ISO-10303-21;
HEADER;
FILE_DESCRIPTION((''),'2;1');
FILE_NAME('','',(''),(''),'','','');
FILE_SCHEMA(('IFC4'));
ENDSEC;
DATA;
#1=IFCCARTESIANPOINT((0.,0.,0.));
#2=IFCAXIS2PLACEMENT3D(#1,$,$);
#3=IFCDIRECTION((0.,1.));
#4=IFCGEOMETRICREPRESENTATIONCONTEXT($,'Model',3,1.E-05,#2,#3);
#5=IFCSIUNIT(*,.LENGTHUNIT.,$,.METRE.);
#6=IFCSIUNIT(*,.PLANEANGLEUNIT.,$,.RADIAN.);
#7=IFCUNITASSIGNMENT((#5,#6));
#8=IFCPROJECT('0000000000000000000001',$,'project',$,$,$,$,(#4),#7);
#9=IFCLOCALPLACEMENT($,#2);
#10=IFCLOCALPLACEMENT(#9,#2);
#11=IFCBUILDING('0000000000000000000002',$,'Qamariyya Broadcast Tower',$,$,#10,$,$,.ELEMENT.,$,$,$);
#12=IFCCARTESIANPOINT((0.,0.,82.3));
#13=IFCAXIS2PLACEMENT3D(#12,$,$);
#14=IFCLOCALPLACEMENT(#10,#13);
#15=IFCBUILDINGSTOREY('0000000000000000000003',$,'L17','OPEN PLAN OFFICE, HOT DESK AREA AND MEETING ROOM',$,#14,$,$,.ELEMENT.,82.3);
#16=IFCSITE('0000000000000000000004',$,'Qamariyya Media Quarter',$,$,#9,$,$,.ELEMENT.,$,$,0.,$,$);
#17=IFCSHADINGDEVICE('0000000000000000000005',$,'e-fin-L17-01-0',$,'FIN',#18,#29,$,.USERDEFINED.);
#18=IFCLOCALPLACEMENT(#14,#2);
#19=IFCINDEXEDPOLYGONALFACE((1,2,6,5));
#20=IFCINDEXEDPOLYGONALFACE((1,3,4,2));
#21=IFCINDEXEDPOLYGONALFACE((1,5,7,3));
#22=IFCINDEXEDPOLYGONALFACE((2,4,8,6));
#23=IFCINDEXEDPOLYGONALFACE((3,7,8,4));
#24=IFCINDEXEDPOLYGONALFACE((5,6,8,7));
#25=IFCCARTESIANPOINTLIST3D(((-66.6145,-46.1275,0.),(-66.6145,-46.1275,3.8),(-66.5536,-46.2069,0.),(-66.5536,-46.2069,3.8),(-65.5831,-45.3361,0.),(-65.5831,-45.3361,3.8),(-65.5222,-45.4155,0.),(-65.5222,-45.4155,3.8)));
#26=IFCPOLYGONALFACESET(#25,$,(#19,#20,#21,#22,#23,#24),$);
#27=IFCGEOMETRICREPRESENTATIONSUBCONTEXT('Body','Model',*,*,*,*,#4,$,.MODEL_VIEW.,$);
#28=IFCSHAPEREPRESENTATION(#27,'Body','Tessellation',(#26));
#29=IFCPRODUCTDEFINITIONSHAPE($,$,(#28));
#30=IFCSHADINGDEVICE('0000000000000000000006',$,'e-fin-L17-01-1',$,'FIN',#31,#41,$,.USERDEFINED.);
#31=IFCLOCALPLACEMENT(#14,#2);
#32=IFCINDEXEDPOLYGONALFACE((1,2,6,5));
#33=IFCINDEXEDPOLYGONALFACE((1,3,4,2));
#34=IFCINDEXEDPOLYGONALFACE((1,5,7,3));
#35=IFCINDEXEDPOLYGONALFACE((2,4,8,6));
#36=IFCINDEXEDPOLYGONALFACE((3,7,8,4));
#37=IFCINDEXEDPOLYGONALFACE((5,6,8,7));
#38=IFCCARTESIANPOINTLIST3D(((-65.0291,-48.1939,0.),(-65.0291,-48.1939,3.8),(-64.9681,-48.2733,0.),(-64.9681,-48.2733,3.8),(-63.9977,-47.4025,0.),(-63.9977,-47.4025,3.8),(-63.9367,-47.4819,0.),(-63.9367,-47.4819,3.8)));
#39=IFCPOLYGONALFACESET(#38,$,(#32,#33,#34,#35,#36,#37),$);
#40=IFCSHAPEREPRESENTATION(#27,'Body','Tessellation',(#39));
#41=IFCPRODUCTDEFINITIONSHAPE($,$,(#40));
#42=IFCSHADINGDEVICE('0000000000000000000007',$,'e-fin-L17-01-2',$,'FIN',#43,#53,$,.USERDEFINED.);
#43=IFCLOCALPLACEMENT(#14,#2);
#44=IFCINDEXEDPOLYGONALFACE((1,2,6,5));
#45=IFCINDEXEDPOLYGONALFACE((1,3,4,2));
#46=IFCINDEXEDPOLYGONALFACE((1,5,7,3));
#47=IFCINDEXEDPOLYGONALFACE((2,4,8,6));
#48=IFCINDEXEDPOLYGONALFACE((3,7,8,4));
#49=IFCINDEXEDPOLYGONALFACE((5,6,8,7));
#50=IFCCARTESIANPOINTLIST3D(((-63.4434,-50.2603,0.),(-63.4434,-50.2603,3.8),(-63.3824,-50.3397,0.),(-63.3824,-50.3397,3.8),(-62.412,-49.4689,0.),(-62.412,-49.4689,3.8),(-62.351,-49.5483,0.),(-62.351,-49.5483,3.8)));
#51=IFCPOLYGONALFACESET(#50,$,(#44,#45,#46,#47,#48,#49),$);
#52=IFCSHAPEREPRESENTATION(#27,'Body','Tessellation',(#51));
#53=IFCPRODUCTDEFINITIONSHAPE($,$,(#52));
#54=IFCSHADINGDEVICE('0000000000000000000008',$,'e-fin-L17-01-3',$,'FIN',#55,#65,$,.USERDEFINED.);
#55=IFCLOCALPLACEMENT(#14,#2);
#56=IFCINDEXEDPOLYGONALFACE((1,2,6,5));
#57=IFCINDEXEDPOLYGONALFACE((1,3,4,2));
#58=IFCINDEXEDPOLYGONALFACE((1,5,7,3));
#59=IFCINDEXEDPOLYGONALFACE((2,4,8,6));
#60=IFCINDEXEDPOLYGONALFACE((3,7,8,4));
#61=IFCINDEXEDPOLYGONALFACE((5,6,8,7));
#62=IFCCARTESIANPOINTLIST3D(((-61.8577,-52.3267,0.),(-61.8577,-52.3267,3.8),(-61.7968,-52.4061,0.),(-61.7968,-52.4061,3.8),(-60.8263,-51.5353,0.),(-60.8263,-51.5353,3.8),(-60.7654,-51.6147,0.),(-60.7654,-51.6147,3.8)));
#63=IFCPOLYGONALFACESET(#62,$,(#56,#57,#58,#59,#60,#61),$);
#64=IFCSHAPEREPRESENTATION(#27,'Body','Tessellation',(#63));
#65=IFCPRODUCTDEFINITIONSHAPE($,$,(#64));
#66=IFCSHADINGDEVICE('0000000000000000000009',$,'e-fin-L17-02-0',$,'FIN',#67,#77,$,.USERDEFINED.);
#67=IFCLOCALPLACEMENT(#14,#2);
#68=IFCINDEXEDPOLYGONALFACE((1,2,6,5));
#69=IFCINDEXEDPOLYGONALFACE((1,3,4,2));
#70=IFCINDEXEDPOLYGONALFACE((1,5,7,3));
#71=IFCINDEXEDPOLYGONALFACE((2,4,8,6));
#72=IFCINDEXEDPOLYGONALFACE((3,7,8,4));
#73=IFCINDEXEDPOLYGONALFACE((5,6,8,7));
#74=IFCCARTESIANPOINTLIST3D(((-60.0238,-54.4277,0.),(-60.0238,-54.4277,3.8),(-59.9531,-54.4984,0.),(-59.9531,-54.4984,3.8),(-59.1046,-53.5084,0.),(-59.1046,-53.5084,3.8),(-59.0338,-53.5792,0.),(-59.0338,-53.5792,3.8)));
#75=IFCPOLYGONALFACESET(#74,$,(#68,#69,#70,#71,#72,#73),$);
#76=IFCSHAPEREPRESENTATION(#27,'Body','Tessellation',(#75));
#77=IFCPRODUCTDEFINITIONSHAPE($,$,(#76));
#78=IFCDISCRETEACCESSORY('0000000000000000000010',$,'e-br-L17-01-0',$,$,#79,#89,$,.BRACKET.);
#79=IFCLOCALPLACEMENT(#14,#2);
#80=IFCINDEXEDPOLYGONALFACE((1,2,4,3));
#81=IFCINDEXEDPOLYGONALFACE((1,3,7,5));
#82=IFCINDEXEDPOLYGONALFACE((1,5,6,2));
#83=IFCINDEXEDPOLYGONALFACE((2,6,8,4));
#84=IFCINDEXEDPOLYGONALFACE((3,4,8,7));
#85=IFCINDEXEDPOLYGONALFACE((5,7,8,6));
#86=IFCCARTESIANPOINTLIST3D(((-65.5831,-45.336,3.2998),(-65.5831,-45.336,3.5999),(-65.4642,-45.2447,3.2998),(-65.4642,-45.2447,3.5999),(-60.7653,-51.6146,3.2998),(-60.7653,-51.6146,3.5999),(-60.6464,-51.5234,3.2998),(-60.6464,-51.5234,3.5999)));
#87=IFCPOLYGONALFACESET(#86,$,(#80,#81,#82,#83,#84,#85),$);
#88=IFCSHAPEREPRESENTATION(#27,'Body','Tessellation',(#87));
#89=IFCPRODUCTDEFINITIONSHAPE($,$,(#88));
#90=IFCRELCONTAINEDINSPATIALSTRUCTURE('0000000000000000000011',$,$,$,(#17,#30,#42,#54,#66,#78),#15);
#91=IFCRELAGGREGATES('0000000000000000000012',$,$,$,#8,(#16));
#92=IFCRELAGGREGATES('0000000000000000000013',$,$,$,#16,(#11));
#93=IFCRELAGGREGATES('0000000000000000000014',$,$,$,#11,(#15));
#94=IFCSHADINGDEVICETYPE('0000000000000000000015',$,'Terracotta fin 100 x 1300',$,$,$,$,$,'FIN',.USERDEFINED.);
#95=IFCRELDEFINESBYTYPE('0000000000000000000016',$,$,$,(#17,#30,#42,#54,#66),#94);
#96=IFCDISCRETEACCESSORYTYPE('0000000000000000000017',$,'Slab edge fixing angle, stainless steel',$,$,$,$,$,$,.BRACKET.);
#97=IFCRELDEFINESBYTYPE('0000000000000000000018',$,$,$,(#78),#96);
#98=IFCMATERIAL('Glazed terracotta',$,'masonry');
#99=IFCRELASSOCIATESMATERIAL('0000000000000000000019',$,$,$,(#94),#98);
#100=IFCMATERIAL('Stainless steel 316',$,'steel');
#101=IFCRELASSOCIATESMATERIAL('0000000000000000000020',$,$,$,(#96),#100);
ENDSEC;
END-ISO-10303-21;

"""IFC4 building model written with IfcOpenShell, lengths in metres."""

from ifc_helpers import new_model, si_unit, direction, frame, origin, origin_2d, place, context, subcontext, project, spatial, rectangle, extrude, material, material_profile, profile_set, type_object, element, save


model = new_model("IFC4")

# Units and contexts
model_context = context("Model", 3, precision=1e-05, world=origin(), true_north=direction((0.0, 1.0)))
body_context = subcontext(model_context, "Body", "Model", "MODEL_VIEW")
ifc_project = project(units=[si_unit("LENGTHUNIT", "METRE"), si_unit("PLANEANGLEUNIT", "RADIAN")], contexts=[model_context])

# Site, building, storey
site_placement = place(None, origin())
site = spatial("IfcSite", under=ifc_project, at=site_placement, Name="Qamariyya Media Quarter", CompositionType="ELEMENT", RefElevation=0.0)
building_placement = place(site_placement, origin())
building = spatial("IfcBuilding", under=site, at=building_placement, Name="Qamariyya Broadcast Tower", CompositionType="ELEMENT")
storey_placement = place(building_placement, frame((0.0, 0.0, 82.3)))
storey = spatial("IfcBuildingStorey", under=building, at=storey_placement, Name="L17", Description="OPEN PLAN OFFICE, HOT DESK AREA AND MEETING ROOM", CompositionType="ELEMENT", Elevation=82.3)

# Shading devices
ifc_material_1 = material(Name="Glazed terracotta", Category="masonry")
ifc_material_profile_1 = material_profile(ifc_material_1, rectangle(XDim=1.3, YDim=0.1001, at=origin_2d()))
ifc_profile_set_1 = profile_set([ifc_material_profile_1], Name="Glazed terracotta")
shading_device_type_1 = type_object("IfcShadingDeviceType", Name="Terracotta fin 100 x 1300", ElementType="FIN", PredefinedType="USERDEFINED", material=ifc_profile_set_1)
for number, where, z_axis, x_axis, name in (
    (1, (-66.0684, -45.7715, 0.0), (0.0, 0.0, 1.0), (-0.793353, -0.608761, 0.0), "e-fin-L17-01-0"),
    (2, (-64.4829, -47.8379, 0.0), (0.0, 0.0, 1.0), (-0.793353, -0.608761, 0.0), "e-fin-L17-01-1"),
    (3, (-62.8972, -49.9043, 0.0), (0.0, 0.0, 1.0), (-0.793353, -0.608761, 0.0), "e-fin-L17-01-2"),
    (4, (-61.3115, -51.9707, 0.0), (0.0, 0.0, 1.0), (-0.793353, -0.608761, 0.0), "e-fin-L17-01-3"),
    (5, (-59.5288, -54.0034, 0.0), (0.0, 0.0, 1.0), (-0.707107, -0.707107, 0.0), "e-fin-L17-02-0"),
):
    element("IfcShadingDevice", number, at=place(storey_placement, frame(where, z_axis=z_axis, x_axis=x_axis)), inside=storey, type_object=shading_device_type_1, Name=name, ObjectType="FIN", PredefinedType="USERDEFINED", context=body_context, shape_type="SweptSolid", body=[
        extrude(rectangle(XDim=1.3, YDim=0.1001, at=origin_2d()), origin(), (0.0, 0.0, 1.0), 3.8),
    ])

# Discrete accessory
ifc_material_2 = material(Name="Stainless steel 316", Category="steel")
discrete_accessory_type = type_object("IfcDiscreteAccessoryType", Name="Slab edge fixing angle, stainless steel", PredefinedType="BRACKET", material=ifc_material_2)
discrete_accessory_placement = place(storey_placement, frame((-63.1147, -48.4297, 3.2998), z_axis=(0.0, 0.0, 1.0), x_axis=(0.608761, -0.793353, 0.0)))
element("IfcDiscreteAccessory", 6, at=discrete_accessory_placement, inside=storey, type_object=discrete_accessory_type, Name="e-br-L17-01-0", PredefinedType="BRACKET", context=body_context, shape_type="SweptSolid", body=[
    extrude(rectangle(XDim=7.9141, YDim=0.1499, at=origin_2d()), origin(), (0.0, 0.0, 1.0), 0.3),
])

save(model, "model.ifc")
